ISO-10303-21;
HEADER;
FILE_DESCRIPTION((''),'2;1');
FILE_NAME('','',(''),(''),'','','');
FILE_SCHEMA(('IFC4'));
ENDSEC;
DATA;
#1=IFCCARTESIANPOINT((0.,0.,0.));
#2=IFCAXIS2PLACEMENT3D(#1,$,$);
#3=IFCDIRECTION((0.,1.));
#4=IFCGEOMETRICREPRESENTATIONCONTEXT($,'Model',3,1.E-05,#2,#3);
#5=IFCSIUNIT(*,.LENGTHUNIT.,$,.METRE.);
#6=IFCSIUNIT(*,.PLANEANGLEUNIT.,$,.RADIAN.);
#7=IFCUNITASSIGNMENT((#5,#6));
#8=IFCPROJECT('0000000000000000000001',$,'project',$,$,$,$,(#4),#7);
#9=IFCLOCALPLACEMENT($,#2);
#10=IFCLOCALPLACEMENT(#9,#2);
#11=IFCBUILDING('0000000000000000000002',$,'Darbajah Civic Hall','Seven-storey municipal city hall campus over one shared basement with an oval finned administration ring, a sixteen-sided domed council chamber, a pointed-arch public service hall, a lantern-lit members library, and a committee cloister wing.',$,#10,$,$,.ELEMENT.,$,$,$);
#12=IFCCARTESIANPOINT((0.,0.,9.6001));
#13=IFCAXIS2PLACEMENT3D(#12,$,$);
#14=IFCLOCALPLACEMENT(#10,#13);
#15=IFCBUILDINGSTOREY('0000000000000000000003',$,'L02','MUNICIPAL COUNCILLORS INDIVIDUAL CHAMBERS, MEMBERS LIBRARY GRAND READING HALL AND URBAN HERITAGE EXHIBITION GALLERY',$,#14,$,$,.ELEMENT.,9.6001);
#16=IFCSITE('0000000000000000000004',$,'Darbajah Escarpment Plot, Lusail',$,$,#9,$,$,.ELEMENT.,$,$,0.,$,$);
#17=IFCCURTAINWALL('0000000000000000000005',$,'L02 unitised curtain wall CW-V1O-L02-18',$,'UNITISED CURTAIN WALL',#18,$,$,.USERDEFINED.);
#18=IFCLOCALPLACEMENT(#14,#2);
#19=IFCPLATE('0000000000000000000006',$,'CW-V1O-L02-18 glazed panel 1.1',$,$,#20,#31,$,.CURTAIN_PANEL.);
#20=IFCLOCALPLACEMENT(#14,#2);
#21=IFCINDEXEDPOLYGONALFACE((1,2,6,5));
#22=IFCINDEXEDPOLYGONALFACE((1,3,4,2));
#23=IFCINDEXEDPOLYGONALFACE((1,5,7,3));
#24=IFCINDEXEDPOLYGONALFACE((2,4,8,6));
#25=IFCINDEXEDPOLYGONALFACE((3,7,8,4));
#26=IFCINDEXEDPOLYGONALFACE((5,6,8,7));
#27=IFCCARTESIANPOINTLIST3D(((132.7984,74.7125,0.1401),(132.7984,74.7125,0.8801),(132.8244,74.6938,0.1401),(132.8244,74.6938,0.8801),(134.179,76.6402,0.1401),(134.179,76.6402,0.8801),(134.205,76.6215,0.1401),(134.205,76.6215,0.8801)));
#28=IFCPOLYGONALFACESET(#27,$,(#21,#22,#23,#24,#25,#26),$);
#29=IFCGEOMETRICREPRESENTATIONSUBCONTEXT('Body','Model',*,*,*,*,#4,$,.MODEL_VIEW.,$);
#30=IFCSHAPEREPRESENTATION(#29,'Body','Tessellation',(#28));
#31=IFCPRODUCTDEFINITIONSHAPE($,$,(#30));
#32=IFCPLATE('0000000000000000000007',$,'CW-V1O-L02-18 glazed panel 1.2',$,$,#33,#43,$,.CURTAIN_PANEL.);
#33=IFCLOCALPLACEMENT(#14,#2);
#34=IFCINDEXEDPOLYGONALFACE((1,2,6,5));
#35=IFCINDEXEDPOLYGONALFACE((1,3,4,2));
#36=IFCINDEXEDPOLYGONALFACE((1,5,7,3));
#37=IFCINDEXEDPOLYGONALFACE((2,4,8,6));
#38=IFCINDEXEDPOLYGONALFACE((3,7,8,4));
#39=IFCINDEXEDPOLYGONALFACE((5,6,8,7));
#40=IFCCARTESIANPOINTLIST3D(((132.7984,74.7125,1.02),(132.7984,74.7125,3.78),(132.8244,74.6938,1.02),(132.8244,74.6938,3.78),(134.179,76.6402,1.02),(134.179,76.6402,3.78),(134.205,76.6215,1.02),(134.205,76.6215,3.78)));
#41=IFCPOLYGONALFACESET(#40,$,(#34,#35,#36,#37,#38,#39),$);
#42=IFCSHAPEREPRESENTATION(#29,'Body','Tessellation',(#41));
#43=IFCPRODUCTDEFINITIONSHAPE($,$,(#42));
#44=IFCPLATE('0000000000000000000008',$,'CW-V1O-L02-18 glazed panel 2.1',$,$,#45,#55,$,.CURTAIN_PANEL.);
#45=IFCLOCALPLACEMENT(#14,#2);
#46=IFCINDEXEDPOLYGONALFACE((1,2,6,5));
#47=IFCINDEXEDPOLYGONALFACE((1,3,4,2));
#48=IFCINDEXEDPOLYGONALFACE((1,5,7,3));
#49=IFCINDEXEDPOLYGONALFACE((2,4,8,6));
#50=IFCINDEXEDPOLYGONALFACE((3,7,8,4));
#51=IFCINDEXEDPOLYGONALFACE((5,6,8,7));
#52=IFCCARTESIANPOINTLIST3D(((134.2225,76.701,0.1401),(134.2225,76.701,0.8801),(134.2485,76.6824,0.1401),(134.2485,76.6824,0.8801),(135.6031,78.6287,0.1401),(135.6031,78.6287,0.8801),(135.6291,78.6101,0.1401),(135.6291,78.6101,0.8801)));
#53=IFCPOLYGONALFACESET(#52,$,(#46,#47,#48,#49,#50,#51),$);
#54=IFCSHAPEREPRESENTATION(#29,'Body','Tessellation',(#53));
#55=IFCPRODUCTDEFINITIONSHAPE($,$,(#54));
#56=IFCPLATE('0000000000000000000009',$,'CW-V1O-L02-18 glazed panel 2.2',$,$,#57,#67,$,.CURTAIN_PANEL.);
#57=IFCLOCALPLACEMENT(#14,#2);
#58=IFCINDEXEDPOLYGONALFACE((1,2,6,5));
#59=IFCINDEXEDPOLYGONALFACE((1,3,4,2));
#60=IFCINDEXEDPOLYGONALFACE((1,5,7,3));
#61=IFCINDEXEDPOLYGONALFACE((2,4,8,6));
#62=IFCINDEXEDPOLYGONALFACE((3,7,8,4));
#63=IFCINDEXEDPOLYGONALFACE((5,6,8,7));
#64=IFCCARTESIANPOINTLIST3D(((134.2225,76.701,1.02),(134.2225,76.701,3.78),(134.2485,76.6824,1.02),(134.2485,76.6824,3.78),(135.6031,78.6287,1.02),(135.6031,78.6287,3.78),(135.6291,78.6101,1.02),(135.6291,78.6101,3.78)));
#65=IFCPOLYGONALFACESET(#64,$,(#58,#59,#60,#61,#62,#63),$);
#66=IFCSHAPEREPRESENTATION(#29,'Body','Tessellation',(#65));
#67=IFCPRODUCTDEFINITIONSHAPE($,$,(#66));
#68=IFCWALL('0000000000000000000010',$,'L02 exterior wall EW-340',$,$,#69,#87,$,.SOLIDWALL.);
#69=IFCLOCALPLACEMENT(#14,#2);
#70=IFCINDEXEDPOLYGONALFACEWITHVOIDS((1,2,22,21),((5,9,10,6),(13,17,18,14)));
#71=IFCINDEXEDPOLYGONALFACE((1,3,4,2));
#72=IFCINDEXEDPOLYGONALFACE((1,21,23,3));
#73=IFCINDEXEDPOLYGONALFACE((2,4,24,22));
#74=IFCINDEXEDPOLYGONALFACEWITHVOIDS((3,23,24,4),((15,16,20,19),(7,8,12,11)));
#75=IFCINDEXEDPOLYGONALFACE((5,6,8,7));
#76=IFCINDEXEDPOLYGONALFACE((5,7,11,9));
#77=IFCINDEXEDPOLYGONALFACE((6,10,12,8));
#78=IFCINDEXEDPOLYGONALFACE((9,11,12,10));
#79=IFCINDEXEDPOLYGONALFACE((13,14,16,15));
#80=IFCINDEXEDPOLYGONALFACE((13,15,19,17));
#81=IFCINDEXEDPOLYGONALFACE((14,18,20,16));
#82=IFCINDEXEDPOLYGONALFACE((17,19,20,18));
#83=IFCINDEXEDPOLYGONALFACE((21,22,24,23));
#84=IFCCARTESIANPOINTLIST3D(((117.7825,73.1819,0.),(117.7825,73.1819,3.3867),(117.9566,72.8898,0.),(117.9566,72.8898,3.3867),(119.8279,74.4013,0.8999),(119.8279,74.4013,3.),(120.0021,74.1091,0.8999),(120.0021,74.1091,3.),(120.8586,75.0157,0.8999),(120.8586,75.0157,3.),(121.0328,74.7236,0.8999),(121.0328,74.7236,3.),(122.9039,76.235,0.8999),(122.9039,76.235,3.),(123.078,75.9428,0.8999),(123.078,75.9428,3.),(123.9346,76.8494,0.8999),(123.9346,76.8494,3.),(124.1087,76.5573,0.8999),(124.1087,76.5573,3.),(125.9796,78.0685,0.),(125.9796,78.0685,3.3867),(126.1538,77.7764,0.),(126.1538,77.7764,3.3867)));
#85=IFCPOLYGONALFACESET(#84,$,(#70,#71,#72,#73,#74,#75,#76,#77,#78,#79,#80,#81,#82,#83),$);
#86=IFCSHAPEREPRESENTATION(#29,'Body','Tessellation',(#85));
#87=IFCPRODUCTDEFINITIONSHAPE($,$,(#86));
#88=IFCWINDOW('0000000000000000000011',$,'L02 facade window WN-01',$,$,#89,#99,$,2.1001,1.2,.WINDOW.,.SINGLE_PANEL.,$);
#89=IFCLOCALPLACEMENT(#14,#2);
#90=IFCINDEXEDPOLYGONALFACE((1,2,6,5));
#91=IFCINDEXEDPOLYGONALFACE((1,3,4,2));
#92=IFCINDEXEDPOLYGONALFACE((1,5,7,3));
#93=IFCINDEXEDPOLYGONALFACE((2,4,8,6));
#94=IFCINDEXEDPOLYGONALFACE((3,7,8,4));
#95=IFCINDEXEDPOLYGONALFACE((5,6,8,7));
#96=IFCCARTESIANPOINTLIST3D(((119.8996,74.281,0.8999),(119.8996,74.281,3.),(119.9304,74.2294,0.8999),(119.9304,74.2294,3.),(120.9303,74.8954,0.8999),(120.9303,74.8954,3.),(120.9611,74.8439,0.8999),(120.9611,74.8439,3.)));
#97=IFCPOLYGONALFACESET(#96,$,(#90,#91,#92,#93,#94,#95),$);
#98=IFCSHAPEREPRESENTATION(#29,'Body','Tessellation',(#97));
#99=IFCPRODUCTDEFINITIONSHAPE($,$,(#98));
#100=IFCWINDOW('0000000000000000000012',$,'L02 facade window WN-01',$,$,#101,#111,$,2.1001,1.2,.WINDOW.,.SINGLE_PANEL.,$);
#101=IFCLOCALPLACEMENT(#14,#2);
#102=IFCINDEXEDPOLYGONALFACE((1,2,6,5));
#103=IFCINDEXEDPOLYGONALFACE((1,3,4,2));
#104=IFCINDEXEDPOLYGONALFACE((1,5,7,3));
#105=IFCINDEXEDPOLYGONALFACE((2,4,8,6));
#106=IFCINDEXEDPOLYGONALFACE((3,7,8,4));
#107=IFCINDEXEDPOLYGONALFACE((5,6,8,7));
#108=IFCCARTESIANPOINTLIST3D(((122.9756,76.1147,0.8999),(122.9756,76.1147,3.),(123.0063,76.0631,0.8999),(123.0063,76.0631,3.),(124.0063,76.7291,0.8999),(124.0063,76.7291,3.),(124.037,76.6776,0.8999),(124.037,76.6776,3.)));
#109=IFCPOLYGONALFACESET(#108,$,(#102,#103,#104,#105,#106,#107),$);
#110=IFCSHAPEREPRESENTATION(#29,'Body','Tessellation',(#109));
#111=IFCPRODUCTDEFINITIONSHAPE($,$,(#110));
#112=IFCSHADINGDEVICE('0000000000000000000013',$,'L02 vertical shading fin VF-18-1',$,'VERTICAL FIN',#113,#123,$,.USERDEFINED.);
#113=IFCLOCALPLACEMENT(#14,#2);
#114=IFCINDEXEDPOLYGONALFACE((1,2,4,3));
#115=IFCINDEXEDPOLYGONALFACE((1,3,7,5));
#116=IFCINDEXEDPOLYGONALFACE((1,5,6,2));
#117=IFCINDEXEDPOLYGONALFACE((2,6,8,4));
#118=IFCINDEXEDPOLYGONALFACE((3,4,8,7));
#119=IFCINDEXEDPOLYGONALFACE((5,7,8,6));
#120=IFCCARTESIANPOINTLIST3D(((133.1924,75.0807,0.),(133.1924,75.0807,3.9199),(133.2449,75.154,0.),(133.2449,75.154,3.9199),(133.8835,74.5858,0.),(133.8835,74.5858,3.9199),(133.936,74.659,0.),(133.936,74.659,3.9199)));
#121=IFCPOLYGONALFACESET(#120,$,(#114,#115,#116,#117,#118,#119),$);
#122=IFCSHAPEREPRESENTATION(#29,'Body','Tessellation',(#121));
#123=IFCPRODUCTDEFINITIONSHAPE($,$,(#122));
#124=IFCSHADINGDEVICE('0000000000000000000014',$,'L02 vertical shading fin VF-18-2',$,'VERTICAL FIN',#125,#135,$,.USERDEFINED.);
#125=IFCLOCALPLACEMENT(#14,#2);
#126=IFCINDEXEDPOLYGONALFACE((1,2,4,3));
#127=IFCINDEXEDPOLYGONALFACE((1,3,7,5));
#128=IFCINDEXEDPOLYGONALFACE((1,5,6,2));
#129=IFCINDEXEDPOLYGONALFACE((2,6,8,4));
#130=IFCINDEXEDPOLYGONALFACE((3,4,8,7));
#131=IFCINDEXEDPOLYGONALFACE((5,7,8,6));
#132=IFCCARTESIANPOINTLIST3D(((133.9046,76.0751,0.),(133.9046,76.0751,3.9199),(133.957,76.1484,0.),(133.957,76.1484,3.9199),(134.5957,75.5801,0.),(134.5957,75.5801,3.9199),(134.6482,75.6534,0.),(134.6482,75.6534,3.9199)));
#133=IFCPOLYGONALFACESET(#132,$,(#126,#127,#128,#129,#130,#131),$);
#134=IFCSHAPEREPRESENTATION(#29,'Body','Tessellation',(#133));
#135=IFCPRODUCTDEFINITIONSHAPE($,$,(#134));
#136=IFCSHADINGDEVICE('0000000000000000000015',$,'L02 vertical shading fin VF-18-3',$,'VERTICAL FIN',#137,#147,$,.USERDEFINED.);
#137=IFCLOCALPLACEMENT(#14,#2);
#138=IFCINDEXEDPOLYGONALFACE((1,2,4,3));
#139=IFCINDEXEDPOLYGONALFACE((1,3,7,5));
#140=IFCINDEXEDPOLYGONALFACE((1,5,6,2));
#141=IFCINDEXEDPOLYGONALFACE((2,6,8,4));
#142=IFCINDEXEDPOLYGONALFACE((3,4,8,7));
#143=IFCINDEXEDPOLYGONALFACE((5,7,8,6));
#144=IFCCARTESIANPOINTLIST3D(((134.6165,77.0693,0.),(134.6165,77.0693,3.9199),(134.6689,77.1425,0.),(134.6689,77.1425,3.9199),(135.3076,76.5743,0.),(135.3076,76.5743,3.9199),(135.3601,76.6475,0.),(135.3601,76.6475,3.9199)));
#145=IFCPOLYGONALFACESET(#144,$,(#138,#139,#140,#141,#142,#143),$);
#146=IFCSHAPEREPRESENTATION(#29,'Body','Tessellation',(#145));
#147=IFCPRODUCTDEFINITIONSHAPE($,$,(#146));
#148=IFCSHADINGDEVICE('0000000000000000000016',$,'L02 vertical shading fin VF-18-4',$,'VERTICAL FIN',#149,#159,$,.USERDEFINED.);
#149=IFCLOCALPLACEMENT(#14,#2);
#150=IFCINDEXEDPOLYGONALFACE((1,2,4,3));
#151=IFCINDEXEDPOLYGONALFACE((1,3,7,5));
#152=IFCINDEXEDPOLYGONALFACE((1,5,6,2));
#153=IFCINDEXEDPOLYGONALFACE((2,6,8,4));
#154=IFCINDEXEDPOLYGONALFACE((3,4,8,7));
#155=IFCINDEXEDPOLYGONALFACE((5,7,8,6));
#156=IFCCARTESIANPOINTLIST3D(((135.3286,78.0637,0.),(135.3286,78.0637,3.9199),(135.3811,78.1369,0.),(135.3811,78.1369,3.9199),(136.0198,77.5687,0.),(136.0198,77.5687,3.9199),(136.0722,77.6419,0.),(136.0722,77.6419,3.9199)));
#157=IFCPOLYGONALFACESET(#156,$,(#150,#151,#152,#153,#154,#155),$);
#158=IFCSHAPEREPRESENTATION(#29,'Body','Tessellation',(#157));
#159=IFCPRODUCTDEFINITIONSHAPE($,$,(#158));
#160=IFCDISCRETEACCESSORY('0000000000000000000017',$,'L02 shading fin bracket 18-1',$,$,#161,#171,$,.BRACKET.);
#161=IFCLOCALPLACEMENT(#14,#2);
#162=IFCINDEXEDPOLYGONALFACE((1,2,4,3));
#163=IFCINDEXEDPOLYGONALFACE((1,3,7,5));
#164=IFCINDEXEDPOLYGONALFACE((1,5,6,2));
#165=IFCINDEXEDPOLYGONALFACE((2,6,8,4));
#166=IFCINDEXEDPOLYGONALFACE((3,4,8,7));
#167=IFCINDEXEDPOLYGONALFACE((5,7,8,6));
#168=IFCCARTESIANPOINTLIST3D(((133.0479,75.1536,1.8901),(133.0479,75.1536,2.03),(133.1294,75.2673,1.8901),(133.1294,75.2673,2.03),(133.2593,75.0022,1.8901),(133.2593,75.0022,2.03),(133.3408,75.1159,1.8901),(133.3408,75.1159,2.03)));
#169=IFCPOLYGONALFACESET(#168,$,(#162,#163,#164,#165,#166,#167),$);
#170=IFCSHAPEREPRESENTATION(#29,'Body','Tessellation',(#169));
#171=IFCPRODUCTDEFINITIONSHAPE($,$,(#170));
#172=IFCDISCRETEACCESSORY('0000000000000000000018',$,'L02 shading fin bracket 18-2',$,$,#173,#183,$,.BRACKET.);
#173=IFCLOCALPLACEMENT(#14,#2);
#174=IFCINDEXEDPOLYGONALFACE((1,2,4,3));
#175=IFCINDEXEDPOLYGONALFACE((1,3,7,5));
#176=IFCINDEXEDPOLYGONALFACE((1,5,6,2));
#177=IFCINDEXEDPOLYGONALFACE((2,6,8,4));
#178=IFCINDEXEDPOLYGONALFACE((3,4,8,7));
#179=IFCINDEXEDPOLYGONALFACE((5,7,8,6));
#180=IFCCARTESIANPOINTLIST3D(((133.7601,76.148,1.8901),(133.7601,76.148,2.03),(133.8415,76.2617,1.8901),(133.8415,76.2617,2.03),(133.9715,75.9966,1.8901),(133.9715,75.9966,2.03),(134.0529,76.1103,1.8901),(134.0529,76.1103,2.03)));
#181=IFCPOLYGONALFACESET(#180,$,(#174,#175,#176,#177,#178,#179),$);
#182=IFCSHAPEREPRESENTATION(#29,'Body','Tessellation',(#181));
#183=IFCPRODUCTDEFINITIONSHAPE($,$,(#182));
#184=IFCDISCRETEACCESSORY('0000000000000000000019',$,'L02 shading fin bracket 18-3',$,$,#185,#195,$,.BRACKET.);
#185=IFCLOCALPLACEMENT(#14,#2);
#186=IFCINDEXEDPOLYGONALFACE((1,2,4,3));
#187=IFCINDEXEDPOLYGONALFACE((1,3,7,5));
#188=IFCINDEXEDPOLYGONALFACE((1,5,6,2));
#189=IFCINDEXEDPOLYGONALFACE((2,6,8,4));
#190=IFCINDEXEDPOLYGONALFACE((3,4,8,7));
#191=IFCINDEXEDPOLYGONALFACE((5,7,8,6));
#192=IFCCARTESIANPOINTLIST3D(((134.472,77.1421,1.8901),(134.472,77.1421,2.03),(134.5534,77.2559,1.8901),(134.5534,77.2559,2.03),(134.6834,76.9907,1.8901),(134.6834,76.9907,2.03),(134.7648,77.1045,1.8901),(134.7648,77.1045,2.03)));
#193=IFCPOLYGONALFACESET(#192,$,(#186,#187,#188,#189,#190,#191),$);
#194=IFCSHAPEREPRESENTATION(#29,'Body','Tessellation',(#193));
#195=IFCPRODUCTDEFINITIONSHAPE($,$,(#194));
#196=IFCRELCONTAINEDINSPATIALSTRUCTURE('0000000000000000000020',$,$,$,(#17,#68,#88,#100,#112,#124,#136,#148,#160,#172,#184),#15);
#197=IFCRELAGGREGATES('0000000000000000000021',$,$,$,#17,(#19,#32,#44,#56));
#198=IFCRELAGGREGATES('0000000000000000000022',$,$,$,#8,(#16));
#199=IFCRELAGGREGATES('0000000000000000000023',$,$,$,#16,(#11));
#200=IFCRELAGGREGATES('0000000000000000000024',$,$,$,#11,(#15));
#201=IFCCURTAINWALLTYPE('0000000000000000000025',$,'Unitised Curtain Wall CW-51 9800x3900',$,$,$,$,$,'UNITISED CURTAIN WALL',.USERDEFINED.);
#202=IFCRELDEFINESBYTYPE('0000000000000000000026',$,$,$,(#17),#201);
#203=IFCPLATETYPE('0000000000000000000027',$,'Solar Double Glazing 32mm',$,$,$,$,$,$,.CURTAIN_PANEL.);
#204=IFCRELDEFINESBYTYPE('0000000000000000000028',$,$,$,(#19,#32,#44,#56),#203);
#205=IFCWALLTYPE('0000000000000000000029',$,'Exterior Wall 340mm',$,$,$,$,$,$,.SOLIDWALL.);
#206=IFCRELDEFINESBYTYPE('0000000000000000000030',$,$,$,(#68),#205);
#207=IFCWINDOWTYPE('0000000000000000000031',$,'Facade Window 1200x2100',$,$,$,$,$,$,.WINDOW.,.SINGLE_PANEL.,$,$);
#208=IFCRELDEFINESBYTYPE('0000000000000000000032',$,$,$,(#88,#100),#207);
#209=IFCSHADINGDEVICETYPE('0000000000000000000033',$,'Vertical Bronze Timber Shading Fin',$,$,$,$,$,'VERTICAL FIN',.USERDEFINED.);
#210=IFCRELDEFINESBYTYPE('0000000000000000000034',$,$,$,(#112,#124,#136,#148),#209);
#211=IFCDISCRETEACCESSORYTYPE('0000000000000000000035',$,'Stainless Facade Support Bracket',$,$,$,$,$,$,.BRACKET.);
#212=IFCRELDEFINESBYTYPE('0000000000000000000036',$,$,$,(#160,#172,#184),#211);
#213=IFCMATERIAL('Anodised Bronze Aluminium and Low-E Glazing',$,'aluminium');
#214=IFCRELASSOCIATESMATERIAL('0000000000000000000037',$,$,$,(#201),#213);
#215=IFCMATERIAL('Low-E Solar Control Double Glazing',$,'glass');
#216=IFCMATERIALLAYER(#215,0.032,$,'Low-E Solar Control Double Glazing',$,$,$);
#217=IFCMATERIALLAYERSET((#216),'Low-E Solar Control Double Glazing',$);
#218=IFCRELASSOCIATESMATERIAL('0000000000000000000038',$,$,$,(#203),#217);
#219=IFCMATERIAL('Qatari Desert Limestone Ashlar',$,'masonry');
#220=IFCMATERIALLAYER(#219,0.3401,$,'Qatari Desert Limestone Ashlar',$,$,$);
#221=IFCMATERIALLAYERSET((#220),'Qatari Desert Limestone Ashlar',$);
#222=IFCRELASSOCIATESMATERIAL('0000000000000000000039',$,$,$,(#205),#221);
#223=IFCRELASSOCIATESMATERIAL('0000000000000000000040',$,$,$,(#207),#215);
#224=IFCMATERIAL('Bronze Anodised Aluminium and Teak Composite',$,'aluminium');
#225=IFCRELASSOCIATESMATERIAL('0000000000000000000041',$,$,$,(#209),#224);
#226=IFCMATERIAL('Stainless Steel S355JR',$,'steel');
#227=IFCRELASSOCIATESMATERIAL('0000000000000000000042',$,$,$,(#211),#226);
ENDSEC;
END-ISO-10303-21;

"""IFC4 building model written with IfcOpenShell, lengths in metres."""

from ifc_helpers import new_model, si_unit, direction, frame, frame_2d, origin, origin_2d, place, context, subcontext, project, spatial, rectangle, extrude, material, layer, layer_set, type_object, element, fill, aggregate, save


model = new_model("IFC4")

# Units and contexts
model_context = context("Model", 3, precision=1e-05, world=origin(), true_north=direction((0.0, 1.0)))
body_context = subcontext(model_context, "Body", "Model", "MODEL_VIEW")
ifc_project = project(units=[si_unit("LENGTHUNIT", "METRE"), si_unit("PLANEANGLEUNIT", "RADIAN")], contexts=[model_context])

# Site, building, storey
site_placement = place(None, origin())
site = spatial("IfcSite", under=ifc_project, at=site_placement, Name="Darbajah Escarpment Plot, Lusail", CompositionType="ELEMENT", RefElevation=0.0)
building_placement = place(site_placement, origin())
building = spatial("IfcBuilding", under=site, at=building_placement, Name="Darbajah Civic Hall", Description="Seven-storey municipal city hall campus over one shared basement with an oval finned administration ring, a sixteen-sided domed council chamber, a pointed-arch public service hall, a lantern-lit members library, and a committee cloister wing.", CompositionType="ELEMENT")
storey_placement = place(building_placement, frame((0.0, 0.0, 9.6001)))
storey = spatial("IfcBuildingStorey", under=building, at=storey_placement, Name="L02", Description="MUNICIPAL COUNCILLORS INDIVIDUAL CHAMBERS, MEMBERS LIBRARY GRAND READING HALL AND URBAN HERITAGE EXHIBITION GALLERY", CompositionType="ELEMENT", Elevation=9.6001)

# Shared definitions
ifc_material_1 = material(Name="Anodised Bronze Aluminium and Low-E Glazing", Category="aluminium")

# Curtain wall
curtain_wall_type_1 = type_object("IfcCurtainWallType", Name="Unitised Curtain Wall CW-51 9800x3900", ElementType="UNITISED CURTAIN WALL", PredefinedType="USERDEFINED", material=ifc_material_1)
curtain_wall_1_placement = place(storey_placement, origin())
curtain_wall_1 = element("IfcCurtainWall", 1, at=curtain_wall_1_placement, inside=storey, type_object=curtain_wall_type_1, Name="L02 unitised curtain wall CW-V1O-L02-18", ObjectType="UNITISED CURTAIN WALL", PredefinedType="USERDEFINED")

# Plates
ifc_material_2 = material(Name="Low-E Solar Control Double Glazing", Category="glass")
ifc_layer_1 = layer(ifc_material_2, 0.032, Name="Low-E Solar Control Double Glazing")
ifc_layer_set_1 = layer_set([ifc_layer_1], Name="Low-E Solar Control Double Glazing")
plate_type = type_object("IfcPlateType", Name="Solar Double Glazing 32mm", PredefinedType="CURTAIN_PANEL", material=ifc_layer_set_1)
plate_1_placement = place(storey_placement, frame((133.5017, 75.667, 0.1401), z_axis=(0.0, 0.0, 1.0), x_axis=(0.582265, 0.812999, 0.0)))
plate_1 = element("IfcPlate", 2, at=plate_1_placement, type_object=plate_type, Name="CW-V1O-L02-18 glazed panel 1.1", PredefinedType="CURTAIN_PANEL", context=body_context, shape_type="SweptSolid", body=[
    extrude(rectangle(XDim=2.3711, YDim=0.032, at=origin_2d()), origin(), (0.0, 0.0, 1.0), 0.74),
])
plate_2_placement = place(storey_placement, frame((133.5017, 75.667, 1.02), z_axis=(0.0, 0.0, 1.0), x_axis=(0.582265, 0.812999, 0.0)))
plate_2 = element("IfcPlate", 3, at=plate_2_placement, type_object=plate_type, Name="CW-V1O-L02-18 glazed panel 1.2", PredefinedType="CURTAIN_PANEL", context=body_context, shape_type="SweptSolid", body=[
    extrude(rectangle(XDim=2.3711, YDim=0.032, at=origin_2d()), origin(), (0.0, 0.0, 1.0), 2.76),
])
plate_3_placement = place(storey_placement, frame((134.9258, 77.6555, 0.1401), z_axis=(0.0, 0.0, 1.0), x_axis=(0.582265, 0.812999, 0.0)))
plate_3 = element("IfcPlate", 4, at=plate_3_placement, type_object=plate_type, Name="CW-V1O-L02-18 glazed panel 2.1", PredefinedType="CURTAIN_PANEL", context=body_context, shape_type="SweptSolid", body=[
    extrude(rectangle(XDim=2.3711, YDim=0.032, at=origin_2d()), origin(), (0.0, 0.0, 1.0), 0.74),
])
plate_4_placement = place(storey_placement, frame((134.9258, 77.6555, 1.02), z_axis=(0.0, 0.0, 1.0), x_axis=(0.582265, 0.812999, 0.0)))
plate_4 = element("IfcPlate", 5, at=plate_4_placement, type_object=plate_type, Name="CW-V1O-L02-18 glazed panel 2.2", PredefinedType="CURTAIN_PANEL", context=body_context, shape_type="SweptSolid", body=[
    extrude(rectangle(XDim=2.3711, YDim=0.032, at=origin_2d()), origin(), (0.0, 0.0, 1.0), 2.76),
])
aggregate(curtain_wall_1, [plate_1, plate_2, plate_3, plate_4])

# Wall, openings, windows
ifc_material_3 = material(Name="Qatari Desert Limestone Ashlar", Category="masonry")
ifc_layer_2 = layer(ifc_material_3, 0.3401, Name="Qatari Desert Limestone Ashlar")
ifc_layer_set_2 = layer_set([ifc_layer_2], Name="Qatari Desert Limestone Ashlar")
wall_type = type_object("IfcWallType", Name="Exterior Wall 340mm", PredefinedType="SOLIDWALL", material=ifc_layer_set_2)
wall_placement = place(storey_placement, frame((117.8696, 73.0359, 0.0), z_axis=(0.0, 0.0, 1.0), x_axis=(0.858952, 0.512056, 0.0)))
wall = element("IfcWall", 6, at=wall_placement, inside=storey, type_object=wall_type, Name="L02 exterior wall EW-340", PredefinedType="SOLIDWALL", context=body_context, shape_type="SweptSolid", body=[
    extrude(rectangle(XDim=9.5432, YDim=0.3401, at=frame_2d((4.7715, 0.0))), origin(), (0.0, 0.0, 1.0), 3.3867),
])
opening_1_placement = place(wall_placement, frame((2.3811, 0.0, 0.8999)))
opening_1 = element("IfcOpeningElement", 7, at=opening_1_placement, cuts=wall, PredefinedType="OPENING", context=body_context, shape_type="SweptSolid", body=[
    extrude(rectangle(XDim=1.2, YDim=2.1001, at=frame_2d((0.6001, 1.05))), frame((0.0, 0.1799, 0.0), z_axis=(0.0, -1.0, 0.0), x_axis=(1.0, 0.0, 0.0)), (0.0, 0.0, 1.0), 0.3601),
])
opening_2_placement = place(wall_placement, frame((5.9622, 0.0, 0.8999)))
opening_2 = element("IfcOpeningElement", 8, at=opening_2_placement, cuts=wall, PredefinedType="OPENING", context=body_context, shape_type="SweptSolid", body=[
    extrude(rectangle(XDim=1.2, YDim=2.1001, at=frame_2d((0.6001, 1.05))), frame((0.0, 0.1799, 0.0), z_axis=(0.0, -1.0, 0.0), x_axis=(1.0, 0.0, 0.0)), (0.0, 0.0, 1.0), 0.3601),
])
window_type = type_object("IfcWindowType", Name="Facade Window 1200x2100", PartitioningType="SINGLE_PANEL", PredefinedType="WINDOW", material=ifc_material_2)
window_1_placement = place(opening_1_placement, origin())
window_1 = element("IfcWindow", 9, at=window_1_placement, inside=storey, type_object=window_type, Name="L02 facade window WN-01", OverallHeight=2.1001, OverallWidth=1.2, PartitioningType="SINGLE_PANEL", PredefinedType="WINDOW", context=body_context, shape_type="SweptSolid", body=[
    extrude(rectangle(XDim=1.2, YDim=2.1001, at=frame_2d((0.6001, 1.05))), frame((0.0, 0.03, 0.0), z_axis=(0.0, -1.0, 0.0), x_axis=(1.0, 0.0, 0.0)), (0.0, 0.0, 1.0), 0.0601),
])
fill(opening_1, window_1)
window_2_placement = place(opening_2_placement, origin())
window_2 = element("IfcWindow", 10, at=window_2_placement, inside=storey, type_object=window_type, Name="L02 facade window WN-01", OverallHeight=2.1001, OverallWidth=1.2, PartitioningType="SINGLE_PANEL", PredefinedType="WINDOW", context=body_context, shape_type="SweptSolid", body=[
    extrude(rectangle(XDim=1.2, YDim=2.1001, at=frame_2d((0.6001, 1.05))), frame((0.0, 0.03, 0.0), z_axis=(0.0, -1.0, 0.0), x_axis=(1.0, 0.0, 0.0)), (0.0, 0.0, 1.0), 0.0601),
])
fill(opening_2, window_2)

# Shading devices
ifc_material_4 = material(Name="Bronze Anodised Aluminium and Teak Composite", Category="aluminium")
shading_device_type = type_object("IfcShadingDeviceType", Name="Vertical Bronze Timber Shading Fin", ElementType="VERTICAL FIN", PredefinedType="USERDEFINED", material=ifc_material_4)
for number, where, z_axis, x_axis, name in (
    (11, (133.5642, 74.8699, 0.0), (0.0, 0.0, 1.0), (0.812999, -0.582265, 0.0), "L02 vertical shading fin VF-18-1"),
    (12, (134.2764, 75.8643, 0.0), (0.0, 0.0, 1.0), (0.812999, -0.582265, 0.0), "L02 vertical shading fin VF-18-2"),
    (13, (134.9883, 76.8584, 0.0), (0.0, 0.0, 1.0), (0.812999, -0.582265, 0.0), "L02 vertical shading fin VF-18-3"),
    (14, (135.7004, 77.8528, 0.0), (0.0, 0.0, 1.0), (0.812999, -0.582265, 0.0), "L02 vertical shading fin VF-18-4"),
):
    element("IfcShadingDevice", number, at=place(storey_placement, frame(where, z_axis=z_axis, x_axis=x_axis)), inside=storey, type_object=shading_device_type, Name=name, ObjectType="VERTICAL FIN", PredefinedType="USERDEFINED", context=body_context, shape_type="SweptSolid", body=[
        extrude(rectangle(XDim=0.8501, YDim=0.0901, at=origin_2d()), origin(), (0.0, 0.0, 1.0), 3.9199),
    ])

# Discrete accessories
ifc_material_5 = material(Name="Stainless Steel S355JR", Category="steel")
discrete_accessory_type = type_object("IfcDiscreteAccessoryType", Name="Stainless Facade Support Bracket", PredefinedType="BRACKET", material=ifc_material_5)
for number, where, z_axis, x_axis, name in (
    (15, (133.1943, 75.1348, 1.8901), (0.0, 0.0, 1.0), (0.812999, -0.582265, 0.0), "L02 shading fin bracket 18-1"),
    (16, (133.9065, 76.1292, 1.8901), (0.0, 0.0, 1.0), (0.812999, -0.582265, 0.0), "L02 shading fin bracket 18-2"),
    (17, (134.6184, 77.1233, 1.8901), (0.0, 0.0, 1.0), (0.812999, -0.582265, 0.0), "L02 shading fin bracket 18-3"),
):
    element("IfcDiscreteAccessory", number, at=place(storey_placement, frame(where, z_axis=z_axis, x_axis=x_axis)), inside=storey, type_object=discrete_accessory_type, Name=name, PredefinedType="BRACKET", context=body_context, shape_type="SweptSolid", body=[
        extrude(rectangle(XDim=0.26, YDim=0.1399, at=origin_2d()), origin(), (0.0, 0.0, 1.0), 0.1399),
    ])

save(model, "model.ifc")
